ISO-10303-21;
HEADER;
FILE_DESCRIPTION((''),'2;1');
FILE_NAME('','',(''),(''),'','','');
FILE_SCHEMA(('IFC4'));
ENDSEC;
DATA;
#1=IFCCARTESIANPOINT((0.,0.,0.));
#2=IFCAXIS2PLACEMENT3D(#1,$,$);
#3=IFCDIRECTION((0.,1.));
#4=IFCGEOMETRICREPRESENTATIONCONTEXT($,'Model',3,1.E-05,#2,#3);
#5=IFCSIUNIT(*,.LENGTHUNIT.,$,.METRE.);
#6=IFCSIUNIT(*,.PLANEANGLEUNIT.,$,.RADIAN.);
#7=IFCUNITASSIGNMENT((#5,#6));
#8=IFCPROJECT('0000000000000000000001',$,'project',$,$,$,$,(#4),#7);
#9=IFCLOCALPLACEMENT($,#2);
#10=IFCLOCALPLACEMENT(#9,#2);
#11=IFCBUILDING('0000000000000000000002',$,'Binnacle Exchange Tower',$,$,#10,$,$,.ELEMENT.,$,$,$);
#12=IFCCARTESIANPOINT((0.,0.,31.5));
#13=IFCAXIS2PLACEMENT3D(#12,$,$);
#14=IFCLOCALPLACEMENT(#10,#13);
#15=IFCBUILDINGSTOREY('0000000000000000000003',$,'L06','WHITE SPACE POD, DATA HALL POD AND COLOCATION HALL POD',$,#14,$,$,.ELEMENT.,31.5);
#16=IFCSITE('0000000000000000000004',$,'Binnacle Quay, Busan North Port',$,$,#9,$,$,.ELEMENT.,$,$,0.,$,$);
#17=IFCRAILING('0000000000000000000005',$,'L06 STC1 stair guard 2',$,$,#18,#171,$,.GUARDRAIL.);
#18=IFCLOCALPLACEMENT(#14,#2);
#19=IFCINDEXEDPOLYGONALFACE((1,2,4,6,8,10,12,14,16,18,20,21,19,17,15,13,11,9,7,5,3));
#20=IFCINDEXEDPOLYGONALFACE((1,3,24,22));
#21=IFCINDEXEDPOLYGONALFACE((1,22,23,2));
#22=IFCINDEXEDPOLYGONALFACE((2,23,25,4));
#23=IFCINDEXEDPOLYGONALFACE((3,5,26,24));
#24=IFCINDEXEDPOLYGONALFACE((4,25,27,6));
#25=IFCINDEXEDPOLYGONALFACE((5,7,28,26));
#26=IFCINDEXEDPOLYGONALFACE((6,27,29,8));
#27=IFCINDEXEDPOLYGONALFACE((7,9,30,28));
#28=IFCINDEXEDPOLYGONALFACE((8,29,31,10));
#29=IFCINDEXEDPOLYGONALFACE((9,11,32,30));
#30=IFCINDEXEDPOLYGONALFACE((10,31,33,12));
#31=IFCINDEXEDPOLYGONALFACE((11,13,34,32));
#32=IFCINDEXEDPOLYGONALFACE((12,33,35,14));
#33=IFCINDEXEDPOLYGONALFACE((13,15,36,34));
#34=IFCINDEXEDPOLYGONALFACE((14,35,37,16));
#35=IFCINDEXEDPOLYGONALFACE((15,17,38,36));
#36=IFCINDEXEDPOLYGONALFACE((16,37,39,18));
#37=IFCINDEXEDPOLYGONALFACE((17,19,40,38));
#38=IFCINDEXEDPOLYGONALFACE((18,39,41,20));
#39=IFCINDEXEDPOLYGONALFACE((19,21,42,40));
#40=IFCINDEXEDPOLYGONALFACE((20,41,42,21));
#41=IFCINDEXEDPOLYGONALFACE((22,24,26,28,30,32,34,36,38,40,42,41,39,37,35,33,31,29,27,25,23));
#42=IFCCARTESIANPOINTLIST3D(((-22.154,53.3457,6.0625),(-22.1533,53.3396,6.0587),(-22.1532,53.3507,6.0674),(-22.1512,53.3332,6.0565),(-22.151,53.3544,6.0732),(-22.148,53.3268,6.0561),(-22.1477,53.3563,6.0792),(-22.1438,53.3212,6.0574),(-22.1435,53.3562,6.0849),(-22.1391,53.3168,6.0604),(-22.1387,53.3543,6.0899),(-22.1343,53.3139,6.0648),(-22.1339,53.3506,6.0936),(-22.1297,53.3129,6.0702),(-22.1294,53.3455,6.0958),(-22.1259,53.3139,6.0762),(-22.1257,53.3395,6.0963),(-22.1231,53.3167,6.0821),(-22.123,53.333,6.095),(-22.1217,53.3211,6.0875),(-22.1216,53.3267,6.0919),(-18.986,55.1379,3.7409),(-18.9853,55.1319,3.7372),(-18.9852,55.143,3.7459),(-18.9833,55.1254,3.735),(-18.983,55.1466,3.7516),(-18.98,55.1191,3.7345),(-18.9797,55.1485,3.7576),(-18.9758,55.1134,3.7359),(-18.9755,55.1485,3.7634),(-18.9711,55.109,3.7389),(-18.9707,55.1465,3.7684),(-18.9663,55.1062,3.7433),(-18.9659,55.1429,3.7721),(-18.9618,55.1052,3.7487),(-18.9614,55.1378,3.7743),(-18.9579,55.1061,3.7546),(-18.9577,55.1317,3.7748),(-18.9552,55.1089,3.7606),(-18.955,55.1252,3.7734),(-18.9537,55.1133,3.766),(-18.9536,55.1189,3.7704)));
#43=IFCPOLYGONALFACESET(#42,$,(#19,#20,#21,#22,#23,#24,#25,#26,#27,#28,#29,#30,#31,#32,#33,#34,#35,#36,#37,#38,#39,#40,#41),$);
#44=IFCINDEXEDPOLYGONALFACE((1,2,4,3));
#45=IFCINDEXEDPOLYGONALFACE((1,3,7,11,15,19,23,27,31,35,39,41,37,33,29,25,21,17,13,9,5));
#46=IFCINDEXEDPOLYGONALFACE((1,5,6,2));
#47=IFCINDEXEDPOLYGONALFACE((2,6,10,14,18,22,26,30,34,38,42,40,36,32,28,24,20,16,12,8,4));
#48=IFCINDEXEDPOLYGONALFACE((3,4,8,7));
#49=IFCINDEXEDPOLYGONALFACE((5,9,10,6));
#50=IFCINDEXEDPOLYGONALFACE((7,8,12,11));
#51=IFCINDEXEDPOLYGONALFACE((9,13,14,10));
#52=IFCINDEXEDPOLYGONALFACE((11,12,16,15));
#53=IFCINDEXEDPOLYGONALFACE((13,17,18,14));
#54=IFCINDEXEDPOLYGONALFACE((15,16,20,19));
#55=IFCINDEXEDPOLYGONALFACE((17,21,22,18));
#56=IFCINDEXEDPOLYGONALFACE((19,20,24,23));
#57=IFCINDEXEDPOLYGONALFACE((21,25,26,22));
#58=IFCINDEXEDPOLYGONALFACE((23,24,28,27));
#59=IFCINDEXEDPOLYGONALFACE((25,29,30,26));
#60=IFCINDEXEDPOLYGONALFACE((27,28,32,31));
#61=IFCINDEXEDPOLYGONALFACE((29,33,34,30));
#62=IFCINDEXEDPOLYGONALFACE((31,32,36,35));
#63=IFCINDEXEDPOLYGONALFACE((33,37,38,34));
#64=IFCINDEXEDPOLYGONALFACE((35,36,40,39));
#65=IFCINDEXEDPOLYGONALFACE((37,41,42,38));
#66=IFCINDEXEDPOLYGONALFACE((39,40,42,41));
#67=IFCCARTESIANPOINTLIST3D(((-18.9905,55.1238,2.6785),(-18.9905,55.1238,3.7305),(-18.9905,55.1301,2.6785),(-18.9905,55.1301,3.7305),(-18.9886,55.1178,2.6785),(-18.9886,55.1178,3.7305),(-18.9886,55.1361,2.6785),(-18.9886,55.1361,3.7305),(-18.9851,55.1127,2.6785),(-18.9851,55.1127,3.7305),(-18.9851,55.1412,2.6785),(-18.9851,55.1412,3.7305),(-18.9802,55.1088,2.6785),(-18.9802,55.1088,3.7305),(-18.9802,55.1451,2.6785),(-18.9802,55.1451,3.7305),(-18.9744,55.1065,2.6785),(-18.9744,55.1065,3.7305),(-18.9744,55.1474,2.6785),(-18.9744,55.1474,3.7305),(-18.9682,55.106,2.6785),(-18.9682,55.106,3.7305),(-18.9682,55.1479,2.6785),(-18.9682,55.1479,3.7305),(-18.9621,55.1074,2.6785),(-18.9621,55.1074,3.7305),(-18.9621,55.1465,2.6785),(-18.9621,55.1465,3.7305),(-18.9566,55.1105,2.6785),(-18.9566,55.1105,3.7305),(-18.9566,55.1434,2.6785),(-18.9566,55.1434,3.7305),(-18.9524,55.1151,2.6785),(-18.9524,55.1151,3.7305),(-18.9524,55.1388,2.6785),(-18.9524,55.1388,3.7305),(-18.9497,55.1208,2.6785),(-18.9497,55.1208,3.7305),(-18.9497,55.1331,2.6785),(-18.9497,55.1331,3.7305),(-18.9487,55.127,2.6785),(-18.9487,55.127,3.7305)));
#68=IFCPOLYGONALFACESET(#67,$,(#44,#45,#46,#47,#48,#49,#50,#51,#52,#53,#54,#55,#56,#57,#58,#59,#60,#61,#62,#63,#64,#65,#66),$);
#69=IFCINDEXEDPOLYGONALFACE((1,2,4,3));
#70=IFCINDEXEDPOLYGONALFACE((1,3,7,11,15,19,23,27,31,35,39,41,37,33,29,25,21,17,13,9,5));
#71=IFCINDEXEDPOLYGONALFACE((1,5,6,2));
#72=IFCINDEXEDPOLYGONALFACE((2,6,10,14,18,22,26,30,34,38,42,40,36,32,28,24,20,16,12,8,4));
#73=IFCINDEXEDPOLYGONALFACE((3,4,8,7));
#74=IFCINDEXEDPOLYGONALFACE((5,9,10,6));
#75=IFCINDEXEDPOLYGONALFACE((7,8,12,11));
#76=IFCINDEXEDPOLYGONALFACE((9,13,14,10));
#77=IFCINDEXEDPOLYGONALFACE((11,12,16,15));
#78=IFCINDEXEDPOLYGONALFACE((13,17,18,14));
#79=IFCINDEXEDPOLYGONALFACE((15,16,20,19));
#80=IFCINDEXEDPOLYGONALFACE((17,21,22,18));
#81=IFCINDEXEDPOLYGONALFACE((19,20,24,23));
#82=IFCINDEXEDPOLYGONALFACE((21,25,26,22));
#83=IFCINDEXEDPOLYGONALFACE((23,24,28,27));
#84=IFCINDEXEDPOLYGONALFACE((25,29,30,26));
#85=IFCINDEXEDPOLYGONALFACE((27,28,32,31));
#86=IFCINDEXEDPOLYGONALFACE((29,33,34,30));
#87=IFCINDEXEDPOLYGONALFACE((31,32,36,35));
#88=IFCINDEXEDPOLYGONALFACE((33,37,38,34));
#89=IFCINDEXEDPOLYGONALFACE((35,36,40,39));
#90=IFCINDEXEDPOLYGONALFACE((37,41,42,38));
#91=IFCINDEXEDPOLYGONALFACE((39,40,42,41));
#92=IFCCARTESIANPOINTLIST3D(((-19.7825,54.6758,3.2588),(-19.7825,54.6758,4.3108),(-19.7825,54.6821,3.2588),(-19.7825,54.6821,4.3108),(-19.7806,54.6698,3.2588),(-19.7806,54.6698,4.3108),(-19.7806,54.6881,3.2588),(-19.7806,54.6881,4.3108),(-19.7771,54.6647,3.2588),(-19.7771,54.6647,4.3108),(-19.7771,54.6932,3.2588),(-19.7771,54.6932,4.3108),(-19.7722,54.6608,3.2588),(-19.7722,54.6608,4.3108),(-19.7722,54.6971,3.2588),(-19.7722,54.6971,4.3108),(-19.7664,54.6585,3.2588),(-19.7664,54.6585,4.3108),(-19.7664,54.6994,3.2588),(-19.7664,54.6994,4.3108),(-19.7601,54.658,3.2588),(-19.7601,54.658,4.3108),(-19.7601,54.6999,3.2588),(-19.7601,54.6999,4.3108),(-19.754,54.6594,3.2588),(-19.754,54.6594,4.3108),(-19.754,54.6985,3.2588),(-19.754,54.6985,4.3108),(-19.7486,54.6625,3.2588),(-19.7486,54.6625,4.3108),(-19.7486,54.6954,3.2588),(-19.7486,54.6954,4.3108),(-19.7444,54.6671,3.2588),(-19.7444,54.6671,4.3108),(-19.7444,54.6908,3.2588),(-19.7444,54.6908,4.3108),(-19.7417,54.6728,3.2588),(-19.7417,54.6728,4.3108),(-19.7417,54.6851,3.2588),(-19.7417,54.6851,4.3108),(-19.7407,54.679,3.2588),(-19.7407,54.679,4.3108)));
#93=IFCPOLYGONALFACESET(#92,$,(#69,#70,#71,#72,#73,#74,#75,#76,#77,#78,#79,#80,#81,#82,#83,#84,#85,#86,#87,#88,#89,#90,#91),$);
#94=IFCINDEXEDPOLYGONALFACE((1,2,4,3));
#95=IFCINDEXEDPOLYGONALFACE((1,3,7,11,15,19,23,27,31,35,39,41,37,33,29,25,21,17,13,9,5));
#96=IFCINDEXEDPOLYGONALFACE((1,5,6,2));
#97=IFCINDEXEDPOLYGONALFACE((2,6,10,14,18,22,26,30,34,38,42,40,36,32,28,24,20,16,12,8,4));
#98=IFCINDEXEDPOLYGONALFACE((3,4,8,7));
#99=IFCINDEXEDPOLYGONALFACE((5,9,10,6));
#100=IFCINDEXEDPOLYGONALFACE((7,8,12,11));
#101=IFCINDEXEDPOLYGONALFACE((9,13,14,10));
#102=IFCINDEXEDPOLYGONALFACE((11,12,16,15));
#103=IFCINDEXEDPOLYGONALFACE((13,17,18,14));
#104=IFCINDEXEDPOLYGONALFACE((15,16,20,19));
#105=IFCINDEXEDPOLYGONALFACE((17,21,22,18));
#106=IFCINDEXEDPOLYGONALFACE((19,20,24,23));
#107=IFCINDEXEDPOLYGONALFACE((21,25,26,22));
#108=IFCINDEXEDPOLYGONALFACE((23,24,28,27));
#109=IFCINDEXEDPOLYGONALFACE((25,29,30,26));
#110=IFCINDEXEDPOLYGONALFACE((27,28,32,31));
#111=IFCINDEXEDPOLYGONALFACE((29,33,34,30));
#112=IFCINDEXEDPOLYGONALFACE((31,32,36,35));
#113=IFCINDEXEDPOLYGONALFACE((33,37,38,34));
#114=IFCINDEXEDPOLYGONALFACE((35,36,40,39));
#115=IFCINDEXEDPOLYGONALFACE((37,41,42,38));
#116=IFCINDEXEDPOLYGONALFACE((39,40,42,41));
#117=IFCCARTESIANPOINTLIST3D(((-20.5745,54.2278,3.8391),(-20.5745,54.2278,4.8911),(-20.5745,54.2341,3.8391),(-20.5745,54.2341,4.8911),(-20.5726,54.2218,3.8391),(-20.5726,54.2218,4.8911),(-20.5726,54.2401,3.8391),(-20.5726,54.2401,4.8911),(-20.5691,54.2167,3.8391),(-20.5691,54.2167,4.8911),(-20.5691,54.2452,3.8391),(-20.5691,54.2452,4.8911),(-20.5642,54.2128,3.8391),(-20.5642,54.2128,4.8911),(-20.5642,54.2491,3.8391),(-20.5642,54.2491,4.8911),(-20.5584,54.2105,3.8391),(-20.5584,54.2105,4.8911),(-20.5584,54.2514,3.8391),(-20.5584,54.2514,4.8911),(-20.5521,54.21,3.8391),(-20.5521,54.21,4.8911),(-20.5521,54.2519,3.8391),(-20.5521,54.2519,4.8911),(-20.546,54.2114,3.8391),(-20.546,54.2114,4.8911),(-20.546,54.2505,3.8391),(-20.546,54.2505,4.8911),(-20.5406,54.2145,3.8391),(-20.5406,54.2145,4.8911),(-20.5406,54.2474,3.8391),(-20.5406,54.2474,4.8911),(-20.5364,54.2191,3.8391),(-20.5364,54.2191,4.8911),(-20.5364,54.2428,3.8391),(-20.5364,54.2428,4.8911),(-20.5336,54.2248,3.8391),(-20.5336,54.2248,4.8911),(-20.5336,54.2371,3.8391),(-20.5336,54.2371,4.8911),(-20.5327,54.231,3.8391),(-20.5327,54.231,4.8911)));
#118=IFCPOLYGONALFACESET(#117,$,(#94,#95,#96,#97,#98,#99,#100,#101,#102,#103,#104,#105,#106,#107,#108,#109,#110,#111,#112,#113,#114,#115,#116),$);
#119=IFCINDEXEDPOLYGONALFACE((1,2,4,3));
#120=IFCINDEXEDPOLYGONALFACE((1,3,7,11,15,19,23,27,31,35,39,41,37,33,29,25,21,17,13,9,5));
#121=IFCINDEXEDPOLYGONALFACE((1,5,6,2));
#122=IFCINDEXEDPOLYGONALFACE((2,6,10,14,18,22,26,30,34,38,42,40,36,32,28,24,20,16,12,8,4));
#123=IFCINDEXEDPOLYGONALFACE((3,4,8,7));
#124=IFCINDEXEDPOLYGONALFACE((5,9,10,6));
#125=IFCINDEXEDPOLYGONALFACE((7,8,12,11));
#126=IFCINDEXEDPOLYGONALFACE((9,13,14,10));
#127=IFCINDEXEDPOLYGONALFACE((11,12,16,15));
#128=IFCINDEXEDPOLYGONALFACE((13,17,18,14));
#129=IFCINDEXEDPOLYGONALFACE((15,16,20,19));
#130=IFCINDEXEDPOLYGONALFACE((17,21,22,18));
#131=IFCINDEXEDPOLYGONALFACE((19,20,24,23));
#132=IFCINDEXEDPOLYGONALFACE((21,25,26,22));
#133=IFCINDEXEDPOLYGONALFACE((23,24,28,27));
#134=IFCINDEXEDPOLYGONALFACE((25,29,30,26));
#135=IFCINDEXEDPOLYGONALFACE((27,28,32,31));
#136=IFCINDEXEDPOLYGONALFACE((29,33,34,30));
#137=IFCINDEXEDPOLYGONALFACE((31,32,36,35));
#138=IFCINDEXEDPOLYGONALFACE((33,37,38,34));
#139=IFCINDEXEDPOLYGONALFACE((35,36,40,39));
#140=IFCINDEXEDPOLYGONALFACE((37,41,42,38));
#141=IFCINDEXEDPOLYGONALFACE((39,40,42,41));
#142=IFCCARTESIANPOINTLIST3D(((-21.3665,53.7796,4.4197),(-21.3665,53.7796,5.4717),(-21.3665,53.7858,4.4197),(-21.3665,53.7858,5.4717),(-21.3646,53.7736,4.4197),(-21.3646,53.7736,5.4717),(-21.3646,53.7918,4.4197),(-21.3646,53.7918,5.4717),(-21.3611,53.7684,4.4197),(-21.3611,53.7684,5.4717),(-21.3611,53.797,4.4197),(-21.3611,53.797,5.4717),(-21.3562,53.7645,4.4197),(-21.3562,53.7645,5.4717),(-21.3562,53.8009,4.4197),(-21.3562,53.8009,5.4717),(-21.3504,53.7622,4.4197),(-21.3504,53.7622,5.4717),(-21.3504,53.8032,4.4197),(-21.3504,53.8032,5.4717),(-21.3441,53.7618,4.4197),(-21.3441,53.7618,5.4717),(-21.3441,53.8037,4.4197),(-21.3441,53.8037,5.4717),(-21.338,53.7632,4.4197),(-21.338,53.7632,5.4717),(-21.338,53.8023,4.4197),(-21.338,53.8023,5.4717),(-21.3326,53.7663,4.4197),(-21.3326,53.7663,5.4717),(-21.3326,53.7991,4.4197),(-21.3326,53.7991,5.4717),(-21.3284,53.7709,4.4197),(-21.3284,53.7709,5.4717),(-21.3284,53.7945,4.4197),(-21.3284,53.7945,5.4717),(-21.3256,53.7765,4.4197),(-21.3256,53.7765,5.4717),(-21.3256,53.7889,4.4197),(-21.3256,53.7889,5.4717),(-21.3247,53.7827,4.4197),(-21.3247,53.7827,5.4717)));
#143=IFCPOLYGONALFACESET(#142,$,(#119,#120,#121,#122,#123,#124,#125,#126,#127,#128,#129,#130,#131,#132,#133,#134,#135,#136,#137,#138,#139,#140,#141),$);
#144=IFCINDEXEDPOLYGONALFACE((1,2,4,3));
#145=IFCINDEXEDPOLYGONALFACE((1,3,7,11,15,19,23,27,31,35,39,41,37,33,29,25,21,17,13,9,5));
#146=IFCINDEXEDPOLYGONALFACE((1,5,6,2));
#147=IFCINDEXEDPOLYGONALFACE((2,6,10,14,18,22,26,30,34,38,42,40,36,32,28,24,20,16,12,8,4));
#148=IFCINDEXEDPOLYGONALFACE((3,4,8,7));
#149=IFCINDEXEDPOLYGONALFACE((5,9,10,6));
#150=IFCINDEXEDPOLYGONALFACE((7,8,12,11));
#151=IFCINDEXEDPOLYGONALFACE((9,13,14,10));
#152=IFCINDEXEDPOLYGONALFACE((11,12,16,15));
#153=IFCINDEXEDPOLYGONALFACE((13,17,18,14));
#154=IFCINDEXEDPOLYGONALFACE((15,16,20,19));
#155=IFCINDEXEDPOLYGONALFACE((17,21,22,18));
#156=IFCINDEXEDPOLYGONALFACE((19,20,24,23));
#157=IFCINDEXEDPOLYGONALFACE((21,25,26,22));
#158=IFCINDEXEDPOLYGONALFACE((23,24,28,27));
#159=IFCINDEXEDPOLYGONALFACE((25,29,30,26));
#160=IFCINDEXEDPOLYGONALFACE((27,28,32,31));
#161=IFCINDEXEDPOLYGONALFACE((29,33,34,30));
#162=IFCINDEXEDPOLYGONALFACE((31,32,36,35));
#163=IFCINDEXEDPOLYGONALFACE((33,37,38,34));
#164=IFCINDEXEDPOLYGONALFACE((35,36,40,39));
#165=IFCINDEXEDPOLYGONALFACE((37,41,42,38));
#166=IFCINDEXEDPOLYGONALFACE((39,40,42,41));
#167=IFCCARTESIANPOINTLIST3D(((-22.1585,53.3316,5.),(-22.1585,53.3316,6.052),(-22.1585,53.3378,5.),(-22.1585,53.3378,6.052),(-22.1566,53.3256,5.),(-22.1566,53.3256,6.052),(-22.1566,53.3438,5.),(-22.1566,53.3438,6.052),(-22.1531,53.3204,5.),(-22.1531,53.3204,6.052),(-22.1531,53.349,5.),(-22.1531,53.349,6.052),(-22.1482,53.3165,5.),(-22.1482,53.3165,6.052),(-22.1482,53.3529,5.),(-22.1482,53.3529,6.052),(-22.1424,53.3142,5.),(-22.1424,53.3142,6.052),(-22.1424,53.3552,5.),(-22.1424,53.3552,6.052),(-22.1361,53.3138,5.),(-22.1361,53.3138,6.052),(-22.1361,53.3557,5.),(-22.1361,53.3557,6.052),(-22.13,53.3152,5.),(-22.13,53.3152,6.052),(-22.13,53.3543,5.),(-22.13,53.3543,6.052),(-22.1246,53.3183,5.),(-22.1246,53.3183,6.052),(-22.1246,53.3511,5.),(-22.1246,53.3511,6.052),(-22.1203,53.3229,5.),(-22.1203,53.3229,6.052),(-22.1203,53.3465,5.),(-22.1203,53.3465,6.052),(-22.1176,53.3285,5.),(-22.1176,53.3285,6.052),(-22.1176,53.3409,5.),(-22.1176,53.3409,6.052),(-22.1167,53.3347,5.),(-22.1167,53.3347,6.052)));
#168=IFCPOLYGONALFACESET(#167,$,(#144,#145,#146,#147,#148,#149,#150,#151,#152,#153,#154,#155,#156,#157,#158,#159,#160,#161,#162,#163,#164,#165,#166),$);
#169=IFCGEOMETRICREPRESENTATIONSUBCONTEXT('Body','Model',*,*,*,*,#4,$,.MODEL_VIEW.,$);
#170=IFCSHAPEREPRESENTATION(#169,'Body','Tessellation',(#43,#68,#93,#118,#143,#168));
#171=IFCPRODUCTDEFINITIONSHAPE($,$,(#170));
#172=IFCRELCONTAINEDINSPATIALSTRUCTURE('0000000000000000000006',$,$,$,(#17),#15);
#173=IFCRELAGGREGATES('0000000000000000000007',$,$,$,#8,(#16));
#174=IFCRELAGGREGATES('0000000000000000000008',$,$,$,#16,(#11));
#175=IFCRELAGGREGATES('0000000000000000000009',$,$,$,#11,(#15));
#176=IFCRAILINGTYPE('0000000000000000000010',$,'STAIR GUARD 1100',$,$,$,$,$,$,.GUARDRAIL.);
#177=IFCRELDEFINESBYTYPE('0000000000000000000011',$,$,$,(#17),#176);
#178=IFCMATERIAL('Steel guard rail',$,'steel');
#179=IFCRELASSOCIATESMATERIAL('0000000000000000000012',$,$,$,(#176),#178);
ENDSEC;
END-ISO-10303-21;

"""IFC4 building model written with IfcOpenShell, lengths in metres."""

from ifc_helpers import new_model, si_unit, direction, frame, origin, origin_2d, place, context, subcontext, project, spatial, circle, extrude, material, type_object, element, save


model = new_model("IFC4")

# Units and contexts
model_context = context("Model", 3, precision=1e-05, world=origin(), true_north=direction((0.0, 1.0)))
body_context = subcontext(model_context, "Body", "Model", "MODEL_VIEW")
ifc_project = project(units=[si_unit("LENGTHUNIT", "METRE"), si_unit("PLANEANGLEUNIT", "RADIAN")], contexts=[model_context])

# Site, building, storey
site_placement = place(None, origin())
site = spatial("IfcSite", under=ifc_project, at=site_placement, Name="Binnacle Quay, Busan North Port", CompositionType="ELEMENT", RefElevation=0.0)
building_placement = place(site_placement, origin())
building = spatial("IfcBuilding", under=site, at=building_placement, Name="Binnacle Exchange Tower", CompositionType="ELEMENT")
storey_placement = place(building_placement, frame((0.0, 0.0, 31.5)))
storey = spatial("IfcBuildingStorey", under=building, at=storey_placement, Name="L06", Description="WHITE SPACE POD, DATA HALL POD AND COLOCATION HALL POD", CompositionType="ELEMENT", Elevation=31.5)

# Railing
ifc_material_1 = material(Name="Steel guard rail", Category="steel")
railing_type_1 = type_object("IfcRailingType", Name="STAIR GUARD 1100", PredefinedType="GUARDRAIL", material=ifc_material_1)
railing_1_placement = place(storey_placement, frame((-18.9697, 55.127, 2.6785)))
element("IfcRailing", 1, at=railing_1_placement, inside=storey, type_object=railing_type_1, Name="L06 STC1 stair guard 2", PredefinedType="GUARDRAIL", context=body_context, shape_type="SweptSolid", body=[
    extrude(circle(Radius=0.0239, at=origin_2d()), frame((0.0, 0.0, 1.0762), z_axis=(-0.733813, -0.415145, 0.537749), x_axis=(0.4924, -0.870369, 0.0)), (0.0, 0.0, 1.0), 4.3171),
    extrude(circle(Radius=0.021, at=origin_2d()), origin(), (0.0, 0.0, 1.0), 1.052),
    extrude(circle(Radius=0.021, at=origin_2d()), frame((-0.792, -0.448, 0.5803)), (0.0, 0.0, 1.0), 1.052),
    extrude(circle(Radius=0.021, at=origin_2d()), frame((-1.584, -0.896, 1.1606)), (0.0, 0.0, 1.0), 1.052),
    extrude(circle(Radius=0.021, at=origin_2d()), frame((-2.376, -1.3442, 1.7412)), (0.0, 0.0, 1.0), 1.052),
    extrude(circle(Radius=0.021, at=origin_2d()), frame((-3.168, -1.7922, 2.3215)), (0.0, 0.0, 1.0), 1.052),
])

save(model, "model.ifc")
